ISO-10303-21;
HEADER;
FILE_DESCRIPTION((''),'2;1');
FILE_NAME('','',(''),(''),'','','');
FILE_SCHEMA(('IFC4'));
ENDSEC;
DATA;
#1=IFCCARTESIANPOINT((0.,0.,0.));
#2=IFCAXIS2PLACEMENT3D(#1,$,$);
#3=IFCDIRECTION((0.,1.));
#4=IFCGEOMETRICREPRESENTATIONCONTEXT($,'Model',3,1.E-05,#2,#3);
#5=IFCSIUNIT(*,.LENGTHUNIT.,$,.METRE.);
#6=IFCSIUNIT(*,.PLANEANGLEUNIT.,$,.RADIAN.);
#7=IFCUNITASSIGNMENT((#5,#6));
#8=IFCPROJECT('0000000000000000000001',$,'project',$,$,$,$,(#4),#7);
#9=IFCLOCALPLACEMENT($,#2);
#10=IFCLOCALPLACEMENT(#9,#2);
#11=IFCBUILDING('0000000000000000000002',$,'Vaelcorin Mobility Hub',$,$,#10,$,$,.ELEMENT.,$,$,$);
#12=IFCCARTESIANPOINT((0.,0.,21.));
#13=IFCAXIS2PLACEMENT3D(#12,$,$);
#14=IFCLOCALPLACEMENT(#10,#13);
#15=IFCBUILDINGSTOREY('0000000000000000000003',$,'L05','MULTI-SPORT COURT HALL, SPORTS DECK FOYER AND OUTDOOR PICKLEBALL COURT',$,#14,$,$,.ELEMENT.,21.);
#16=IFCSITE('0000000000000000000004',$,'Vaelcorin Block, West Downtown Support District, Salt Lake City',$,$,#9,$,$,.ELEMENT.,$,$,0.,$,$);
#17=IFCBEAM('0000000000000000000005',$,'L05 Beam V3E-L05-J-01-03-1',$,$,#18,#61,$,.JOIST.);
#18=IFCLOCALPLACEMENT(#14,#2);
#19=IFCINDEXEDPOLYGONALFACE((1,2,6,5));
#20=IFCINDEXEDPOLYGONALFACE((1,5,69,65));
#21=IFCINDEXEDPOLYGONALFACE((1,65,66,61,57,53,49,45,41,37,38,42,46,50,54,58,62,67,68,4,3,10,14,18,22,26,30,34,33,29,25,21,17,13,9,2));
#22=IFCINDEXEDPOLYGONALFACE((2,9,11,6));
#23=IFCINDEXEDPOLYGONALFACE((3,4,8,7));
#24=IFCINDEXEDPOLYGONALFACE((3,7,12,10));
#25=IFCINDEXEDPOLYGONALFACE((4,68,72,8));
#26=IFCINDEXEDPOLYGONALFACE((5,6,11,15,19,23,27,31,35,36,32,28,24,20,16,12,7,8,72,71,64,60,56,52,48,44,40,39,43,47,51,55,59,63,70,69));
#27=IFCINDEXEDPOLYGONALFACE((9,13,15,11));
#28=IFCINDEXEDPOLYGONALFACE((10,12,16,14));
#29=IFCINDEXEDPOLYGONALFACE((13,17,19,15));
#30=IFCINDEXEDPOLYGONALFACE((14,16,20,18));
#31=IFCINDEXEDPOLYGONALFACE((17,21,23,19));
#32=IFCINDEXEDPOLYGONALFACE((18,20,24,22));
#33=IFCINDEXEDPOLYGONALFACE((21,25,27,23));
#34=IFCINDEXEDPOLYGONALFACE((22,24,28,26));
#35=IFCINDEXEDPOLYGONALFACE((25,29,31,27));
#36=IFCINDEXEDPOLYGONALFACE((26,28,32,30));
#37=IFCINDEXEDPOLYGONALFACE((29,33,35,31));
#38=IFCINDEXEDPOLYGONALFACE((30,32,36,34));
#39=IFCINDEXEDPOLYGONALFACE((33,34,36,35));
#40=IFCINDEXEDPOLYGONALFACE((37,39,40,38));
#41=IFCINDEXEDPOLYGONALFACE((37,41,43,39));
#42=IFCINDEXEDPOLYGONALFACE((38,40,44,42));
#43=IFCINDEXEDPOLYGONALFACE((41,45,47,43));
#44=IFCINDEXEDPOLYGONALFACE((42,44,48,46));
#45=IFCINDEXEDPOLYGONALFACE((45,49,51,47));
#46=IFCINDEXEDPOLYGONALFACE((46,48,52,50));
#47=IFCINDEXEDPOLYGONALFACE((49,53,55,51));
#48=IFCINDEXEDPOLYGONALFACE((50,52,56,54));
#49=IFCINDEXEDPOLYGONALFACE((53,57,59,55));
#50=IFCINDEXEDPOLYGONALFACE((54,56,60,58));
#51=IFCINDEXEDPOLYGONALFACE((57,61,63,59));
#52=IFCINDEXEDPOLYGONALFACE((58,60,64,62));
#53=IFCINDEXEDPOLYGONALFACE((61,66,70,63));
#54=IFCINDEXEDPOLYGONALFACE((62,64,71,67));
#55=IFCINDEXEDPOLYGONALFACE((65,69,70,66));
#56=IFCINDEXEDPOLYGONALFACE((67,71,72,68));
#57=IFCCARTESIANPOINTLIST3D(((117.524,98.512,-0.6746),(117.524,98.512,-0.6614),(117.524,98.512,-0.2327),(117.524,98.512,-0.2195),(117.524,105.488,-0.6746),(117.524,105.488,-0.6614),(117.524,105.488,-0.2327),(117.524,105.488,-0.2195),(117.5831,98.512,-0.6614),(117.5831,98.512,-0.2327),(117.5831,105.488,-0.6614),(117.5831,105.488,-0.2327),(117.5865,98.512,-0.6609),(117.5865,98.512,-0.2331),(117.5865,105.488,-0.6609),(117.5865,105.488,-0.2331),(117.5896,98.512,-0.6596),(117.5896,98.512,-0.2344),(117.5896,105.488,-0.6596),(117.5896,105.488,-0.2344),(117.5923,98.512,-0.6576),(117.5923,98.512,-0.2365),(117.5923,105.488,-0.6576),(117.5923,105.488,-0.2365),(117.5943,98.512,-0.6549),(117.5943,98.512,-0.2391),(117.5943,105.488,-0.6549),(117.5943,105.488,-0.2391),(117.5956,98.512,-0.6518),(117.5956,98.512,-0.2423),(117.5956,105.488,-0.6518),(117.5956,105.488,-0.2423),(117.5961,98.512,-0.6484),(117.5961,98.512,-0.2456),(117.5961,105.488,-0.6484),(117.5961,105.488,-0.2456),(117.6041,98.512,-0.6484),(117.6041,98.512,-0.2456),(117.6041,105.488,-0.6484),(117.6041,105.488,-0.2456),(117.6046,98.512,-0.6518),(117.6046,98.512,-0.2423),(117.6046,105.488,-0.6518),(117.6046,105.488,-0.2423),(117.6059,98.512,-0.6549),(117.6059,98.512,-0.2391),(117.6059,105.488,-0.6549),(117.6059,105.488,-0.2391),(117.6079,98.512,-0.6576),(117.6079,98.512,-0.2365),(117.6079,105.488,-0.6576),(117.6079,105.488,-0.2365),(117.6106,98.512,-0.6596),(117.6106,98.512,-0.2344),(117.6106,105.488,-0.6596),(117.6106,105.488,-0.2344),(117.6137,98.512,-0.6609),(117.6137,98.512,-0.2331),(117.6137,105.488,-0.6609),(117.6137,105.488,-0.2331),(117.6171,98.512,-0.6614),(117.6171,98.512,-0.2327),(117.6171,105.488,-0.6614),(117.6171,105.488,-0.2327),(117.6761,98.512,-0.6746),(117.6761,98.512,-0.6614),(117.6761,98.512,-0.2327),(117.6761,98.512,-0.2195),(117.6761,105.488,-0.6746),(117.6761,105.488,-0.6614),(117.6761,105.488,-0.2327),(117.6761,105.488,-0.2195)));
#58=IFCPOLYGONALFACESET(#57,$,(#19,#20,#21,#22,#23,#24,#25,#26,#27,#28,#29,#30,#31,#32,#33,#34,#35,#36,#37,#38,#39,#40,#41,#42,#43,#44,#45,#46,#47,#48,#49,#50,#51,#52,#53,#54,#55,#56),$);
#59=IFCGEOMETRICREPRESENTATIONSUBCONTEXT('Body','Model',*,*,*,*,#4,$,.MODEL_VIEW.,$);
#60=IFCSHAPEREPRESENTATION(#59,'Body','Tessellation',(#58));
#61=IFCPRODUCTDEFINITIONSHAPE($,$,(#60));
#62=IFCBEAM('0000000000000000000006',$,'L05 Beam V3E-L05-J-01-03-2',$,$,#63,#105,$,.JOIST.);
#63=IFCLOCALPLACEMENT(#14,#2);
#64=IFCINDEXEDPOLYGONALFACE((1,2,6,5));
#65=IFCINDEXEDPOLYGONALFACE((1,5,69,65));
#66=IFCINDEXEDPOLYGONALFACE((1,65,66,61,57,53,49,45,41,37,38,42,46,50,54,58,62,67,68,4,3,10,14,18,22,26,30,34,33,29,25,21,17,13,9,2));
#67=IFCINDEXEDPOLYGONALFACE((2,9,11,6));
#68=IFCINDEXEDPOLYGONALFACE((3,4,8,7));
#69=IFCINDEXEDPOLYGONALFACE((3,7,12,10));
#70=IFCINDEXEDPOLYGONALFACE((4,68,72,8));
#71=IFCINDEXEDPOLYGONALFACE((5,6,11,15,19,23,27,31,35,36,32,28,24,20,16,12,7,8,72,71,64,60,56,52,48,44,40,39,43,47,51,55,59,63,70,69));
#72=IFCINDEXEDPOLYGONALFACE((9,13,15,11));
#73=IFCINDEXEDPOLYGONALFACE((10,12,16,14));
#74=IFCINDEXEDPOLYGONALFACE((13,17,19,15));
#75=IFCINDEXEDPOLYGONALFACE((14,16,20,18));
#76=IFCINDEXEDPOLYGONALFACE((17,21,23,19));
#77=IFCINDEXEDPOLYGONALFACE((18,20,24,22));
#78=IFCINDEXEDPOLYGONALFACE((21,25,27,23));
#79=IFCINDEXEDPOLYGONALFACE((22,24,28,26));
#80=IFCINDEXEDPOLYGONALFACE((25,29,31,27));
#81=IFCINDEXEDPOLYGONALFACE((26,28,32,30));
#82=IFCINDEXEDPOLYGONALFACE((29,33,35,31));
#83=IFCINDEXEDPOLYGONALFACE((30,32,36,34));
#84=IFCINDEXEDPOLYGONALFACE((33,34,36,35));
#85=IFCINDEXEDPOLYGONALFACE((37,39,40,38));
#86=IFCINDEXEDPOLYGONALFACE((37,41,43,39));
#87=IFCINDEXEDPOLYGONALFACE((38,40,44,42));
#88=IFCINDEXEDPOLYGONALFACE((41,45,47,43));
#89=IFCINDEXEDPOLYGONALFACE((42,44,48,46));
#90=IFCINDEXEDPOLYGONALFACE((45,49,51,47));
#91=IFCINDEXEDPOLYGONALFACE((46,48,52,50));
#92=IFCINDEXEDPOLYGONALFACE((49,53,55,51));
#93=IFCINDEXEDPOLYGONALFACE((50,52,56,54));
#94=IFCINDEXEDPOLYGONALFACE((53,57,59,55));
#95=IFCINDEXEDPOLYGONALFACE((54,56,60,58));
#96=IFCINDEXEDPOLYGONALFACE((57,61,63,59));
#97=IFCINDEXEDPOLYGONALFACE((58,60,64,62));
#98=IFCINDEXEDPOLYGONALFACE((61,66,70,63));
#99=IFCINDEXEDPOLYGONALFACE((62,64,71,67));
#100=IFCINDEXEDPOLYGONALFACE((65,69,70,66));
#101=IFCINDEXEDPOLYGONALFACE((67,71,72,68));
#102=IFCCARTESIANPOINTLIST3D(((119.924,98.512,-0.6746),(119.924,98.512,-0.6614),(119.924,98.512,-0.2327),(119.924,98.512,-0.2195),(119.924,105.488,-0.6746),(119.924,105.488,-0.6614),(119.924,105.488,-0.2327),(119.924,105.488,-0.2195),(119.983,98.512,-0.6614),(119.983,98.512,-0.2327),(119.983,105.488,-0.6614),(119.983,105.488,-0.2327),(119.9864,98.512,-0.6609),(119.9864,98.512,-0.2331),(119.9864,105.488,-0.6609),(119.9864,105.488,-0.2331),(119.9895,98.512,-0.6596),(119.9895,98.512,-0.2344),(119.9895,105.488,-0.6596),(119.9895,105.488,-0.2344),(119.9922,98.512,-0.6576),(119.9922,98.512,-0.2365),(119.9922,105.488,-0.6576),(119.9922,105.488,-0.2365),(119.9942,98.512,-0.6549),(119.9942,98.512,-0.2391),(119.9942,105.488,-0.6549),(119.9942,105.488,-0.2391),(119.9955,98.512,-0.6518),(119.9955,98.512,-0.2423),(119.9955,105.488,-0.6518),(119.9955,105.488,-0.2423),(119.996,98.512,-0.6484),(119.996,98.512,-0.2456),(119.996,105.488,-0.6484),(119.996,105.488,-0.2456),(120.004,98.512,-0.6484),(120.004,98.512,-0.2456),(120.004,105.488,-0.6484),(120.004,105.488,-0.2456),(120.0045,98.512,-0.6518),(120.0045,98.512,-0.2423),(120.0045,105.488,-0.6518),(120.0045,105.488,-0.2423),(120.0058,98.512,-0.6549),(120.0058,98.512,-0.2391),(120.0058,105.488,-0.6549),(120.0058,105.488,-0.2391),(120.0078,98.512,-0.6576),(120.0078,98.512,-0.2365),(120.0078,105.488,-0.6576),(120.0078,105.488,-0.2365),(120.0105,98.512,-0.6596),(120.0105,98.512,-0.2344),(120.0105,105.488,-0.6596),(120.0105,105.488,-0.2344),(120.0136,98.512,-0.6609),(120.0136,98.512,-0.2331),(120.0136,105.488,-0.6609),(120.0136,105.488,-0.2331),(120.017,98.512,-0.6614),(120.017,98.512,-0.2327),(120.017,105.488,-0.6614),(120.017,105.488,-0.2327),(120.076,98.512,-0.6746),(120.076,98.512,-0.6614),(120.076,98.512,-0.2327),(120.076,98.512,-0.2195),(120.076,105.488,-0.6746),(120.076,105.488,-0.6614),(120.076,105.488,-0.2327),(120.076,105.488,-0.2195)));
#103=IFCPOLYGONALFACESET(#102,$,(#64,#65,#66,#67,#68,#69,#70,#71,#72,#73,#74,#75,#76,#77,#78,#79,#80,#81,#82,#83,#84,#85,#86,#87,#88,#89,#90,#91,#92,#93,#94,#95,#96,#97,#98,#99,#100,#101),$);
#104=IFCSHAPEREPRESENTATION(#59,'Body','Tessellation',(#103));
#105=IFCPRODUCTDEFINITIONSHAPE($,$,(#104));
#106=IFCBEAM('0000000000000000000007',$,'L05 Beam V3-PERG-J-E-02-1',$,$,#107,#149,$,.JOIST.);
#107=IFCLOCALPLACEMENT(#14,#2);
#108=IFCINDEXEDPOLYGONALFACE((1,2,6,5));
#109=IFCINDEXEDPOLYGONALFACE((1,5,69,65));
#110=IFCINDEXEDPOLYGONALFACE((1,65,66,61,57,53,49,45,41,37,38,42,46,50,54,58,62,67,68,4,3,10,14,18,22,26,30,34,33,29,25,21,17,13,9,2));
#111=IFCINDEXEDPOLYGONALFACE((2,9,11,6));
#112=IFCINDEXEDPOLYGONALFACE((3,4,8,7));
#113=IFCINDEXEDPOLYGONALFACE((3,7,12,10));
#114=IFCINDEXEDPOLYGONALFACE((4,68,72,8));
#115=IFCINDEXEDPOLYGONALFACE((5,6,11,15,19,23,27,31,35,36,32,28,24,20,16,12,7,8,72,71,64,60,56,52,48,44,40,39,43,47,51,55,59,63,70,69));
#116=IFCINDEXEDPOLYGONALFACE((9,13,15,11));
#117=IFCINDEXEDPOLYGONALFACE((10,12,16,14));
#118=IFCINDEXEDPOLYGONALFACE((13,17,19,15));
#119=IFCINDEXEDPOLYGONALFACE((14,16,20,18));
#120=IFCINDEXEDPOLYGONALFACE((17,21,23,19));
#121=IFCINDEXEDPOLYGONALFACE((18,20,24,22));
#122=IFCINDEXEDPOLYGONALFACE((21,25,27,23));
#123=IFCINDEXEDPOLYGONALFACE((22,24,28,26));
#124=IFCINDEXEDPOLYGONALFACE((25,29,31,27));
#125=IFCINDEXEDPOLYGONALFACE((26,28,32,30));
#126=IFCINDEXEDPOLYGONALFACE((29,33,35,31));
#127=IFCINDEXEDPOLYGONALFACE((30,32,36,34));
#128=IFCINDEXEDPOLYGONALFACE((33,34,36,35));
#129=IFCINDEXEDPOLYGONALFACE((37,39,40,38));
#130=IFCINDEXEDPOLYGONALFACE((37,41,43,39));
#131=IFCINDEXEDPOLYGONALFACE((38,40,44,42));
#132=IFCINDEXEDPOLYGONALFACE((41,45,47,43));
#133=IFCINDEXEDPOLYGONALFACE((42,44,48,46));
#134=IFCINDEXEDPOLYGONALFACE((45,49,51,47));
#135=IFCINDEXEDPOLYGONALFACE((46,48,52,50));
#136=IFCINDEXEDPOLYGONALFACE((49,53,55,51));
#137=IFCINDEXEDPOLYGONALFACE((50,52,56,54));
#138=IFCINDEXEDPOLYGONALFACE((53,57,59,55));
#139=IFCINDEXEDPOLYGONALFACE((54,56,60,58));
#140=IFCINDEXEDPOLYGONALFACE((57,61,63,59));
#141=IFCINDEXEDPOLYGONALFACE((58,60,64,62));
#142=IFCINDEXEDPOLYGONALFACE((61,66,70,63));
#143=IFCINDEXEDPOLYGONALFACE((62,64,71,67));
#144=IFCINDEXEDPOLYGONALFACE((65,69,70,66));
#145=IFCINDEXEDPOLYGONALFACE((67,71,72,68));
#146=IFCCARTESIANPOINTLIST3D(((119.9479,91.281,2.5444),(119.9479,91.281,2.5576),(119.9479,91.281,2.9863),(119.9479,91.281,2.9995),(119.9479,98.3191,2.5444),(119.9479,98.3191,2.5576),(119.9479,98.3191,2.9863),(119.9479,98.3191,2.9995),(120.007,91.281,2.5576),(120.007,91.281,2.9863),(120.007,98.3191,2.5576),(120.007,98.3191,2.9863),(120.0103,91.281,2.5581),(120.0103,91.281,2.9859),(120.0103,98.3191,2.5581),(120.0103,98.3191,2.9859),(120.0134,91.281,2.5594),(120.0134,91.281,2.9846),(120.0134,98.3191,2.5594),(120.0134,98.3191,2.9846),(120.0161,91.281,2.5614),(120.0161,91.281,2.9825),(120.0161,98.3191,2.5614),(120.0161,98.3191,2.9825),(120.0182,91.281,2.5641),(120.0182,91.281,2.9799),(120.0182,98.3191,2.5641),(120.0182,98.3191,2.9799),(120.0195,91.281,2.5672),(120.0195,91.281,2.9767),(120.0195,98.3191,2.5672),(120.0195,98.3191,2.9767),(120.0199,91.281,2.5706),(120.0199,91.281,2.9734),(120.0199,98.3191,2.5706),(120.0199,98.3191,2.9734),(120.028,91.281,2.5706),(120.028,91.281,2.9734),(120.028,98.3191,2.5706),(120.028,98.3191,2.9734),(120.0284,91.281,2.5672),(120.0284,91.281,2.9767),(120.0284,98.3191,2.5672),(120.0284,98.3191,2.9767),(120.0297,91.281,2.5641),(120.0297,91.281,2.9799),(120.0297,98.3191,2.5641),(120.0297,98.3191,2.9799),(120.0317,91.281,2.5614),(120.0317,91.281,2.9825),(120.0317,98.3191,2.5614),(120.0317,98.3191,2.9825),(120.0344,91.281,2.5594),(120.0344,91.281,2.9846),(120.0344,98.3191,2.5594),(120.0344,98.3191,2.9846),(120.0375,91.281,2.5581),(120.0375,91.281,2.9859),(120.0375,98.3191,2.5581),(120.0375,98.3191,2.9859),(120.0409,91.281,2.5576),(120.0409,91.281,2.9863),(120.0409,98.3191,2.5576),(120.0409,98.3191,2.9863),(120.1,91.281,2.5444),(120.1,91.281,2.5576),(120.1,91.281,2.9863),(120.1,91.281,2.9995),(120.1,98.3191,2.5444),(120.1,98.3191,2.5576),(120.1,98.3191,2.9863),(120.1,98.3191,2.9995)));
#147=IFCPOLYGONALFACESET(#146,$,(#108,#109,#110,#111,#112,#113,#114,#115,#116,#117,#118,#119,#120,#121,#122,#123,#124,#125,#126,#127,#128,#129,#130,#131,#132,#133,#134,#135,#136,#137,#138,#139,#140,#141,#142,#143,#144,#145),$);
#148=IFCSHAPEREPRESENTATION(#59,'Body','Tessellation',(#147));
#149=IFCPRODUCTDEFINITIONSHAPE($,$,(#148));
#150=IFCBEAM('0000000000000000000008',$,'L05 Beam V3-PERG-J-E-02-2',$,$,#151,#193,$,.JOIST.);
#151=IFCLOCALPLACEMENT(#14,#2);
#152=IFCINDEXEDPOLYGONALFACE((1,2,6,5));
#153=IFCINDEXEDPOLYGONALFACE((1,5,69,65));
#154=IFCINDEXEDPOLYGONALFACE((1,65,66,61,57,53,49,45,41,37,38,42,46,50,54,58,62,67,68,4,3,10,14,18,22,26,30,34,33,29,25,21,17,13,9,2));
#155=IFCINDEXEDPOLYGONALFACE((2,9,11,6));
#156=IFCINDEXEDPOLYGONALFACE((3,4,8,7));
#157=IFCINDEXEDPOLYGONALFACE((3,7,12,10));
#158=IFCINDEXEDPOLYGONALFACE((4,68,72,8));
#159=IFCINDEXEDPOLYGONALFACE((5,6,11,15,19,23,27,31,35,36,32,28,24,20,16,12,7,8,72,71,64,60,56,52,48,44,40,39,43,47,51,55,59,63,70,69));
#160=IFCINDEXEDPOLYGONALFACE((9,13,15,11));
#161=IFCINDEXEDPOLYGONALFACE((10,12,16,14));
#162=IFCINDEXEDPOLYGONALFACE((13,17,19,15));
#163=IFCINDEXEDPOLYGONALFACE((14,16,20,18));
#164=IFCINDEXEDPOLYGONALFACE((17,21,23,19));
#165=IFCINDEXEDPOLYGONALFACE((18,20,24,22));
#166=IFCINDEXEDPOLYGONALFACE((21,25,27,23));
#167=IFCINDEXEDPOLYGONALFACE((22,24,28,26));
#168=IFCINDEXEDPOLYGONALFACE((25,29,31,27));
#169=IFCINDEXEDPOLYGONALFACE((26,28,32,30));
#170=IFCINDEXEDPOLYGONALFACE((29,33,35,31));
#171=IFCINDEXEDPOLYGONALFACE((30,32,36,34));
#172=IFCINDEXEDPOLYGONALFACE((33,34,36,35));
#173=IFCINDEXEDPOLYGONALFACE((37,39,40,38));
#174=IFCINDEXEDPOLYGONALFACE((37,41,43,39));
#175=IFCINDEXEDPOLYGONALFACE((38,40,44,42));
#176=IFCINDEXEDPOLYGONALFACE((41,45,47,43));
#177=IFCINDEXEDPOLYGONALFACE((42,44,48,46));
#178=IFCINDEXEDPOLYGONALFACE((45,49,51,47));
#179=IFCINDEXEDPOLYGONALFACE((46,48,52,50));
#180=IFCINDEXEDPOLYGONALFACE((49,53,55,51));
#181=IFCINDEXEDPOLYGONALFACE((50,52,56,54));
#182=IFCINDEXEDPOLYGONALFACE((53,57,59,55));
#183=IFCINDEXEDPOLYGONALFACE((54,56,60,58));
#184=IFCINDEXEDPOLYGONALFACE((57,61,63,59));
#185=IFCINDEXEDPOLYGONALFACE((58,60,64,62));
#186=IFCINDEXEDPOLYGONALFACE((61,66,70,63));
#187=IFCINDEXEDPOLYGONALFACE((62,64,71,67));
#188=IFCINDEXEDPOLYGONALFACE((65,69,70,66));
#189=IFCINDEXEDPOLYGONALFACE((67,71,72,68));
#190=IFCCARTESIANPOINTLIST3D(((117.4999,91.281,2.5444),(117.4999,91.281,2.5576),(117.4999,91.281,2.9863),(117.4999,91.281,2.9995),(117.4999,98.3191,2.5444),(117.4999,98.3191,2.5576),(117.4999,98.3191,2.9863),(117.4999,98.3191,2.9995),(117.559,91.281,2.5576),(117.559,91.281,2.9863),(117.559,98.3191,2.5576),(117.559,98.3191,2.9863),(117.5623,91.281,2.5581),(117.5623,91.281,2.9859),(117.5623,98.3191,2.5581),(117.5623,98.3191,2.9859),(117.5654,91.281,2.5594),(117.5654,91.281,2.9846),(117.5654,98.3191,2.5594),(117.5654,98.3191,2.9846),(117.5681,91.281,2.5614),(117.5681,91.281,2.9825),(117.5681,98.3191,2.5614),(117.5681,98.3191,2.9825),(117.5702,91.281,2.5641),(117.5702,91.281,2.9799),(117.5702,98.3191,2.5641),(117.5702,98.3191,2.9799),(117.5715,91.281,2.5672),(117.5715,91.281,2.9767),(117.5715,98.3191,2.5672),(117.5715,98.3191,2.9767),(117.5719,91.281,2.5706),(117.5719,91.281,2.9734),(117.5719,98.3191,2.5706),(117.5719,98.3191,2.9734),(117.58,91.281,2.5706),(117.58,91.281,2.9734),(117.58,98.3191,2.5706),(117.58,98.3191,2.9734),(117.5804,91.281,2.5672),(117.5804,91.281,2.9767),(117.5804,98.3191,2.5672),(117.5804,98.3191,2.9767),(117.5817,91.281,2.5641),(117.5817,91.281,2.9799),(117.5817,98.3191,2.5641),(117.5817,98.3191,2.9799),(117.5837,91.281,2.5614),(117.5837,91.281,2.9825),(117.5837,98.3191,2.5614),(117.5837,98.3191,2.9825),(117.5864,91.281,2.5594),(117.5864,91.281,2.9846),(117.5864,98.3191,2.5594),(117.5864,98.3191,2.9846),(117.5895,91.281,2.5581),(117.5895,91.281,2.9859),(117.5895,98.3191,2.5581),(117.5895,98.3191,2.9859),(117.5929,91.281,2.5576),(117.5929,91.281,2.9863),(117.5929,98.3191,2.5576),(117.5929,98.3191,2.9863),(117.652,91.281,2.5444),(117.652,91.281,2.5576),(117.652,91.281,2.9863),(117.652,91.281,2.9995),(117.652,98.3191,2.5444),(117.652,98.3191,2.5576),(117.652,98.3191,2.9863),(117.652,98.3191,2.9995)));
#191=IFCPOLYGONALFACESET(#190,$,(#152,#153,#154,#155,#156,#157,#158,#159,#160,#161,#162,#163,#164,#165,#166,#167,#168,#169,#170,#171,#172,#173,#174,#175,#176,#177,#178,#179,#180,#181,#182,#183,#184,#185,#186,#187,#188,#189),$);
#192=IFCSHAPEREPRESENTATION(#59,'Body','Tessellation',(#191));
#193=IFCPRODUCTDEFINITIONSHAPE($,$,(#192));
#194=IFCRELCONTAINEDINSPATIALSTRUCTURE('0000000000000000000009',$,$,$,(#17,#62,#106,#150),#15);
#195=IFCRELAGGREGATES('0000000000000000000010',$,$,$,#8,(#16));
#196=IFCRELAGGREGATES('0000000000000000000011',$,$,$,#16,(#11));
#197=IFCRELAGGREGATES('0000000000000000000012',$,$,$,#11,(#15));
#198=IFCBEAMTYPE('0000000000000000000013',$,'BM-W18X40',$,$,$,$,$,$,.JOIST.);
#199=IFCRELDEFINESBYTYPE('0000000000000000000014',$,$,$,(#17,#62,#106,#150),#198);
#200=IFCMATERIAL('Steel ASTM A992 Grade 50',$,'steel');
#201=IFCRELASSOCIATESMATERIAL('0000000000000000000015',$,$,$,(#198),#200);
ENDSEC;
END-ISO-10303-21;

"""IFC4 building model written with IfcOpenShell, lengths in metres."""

from ifc_helpers import new_model, si_unit, direction, frame, origin, origin_2d, place, context, subcontext, project, spatial, i_section, extrude, material, material_profile, profile_set, type_object, element, save


model = new_model("IFC4")

# Units and contexts
model_context = context("Model", 3, precision=1e-05, world=origin(), true_north=direction((0.0, 1.0)))
body_context = subcontext(model_context, "Body", "Model", "MODEL_VIEW")
ifc_project = project(units=[si_unit("LENGTHUNIT", "METRE"), si_unit("PLANEANGLEUNIT", "RADIAN")], contexts=[model_context])

# Site, building, storey
site_placement = place(None, origin())
site = spatial("IfcSite", under=ifc_project, at=site_placement, Name="Vaelcorin Block, West Downtown Support District, Salt Lake City", CompositionType="ELEMENT", RefElevation=0.0)
building_placement = place(site_placement, origin())
building = spatial("IfcBuilding", under=site, at=building_placement, Name="Vaelcorin Mobility Hub", CompositionType="ELEMENT")
storey_placement = place(building_placement, frame((0.0, 0.0, 21.0)))
storey = spatial("IfcBuildingStorey", under=building, at=storey_placement, Name="L05", Description="MULTI-SPORT COURT HALL, SPORTS DECK FOYER AND OUTDOOR PICKLEBALL COURT", CompositionType="ELEMENT", Elevation=21.0)

# Shared definitions
ifc_material_1 = material(Name="Steel ASTM A992 Grade 50", Category="steel")

# Beams
ifc_material_profile_1 = material_profile(ifc_material_1, i_section(OverallWidth=0.1521, OverallDepth=0.4551, WebThickness=0.0081, FlangeThickness=0.0132, FilletRadius=0.0129, at=origin_2d()), Name="W18X40")
ifc_profile_set_1 = profile_set([ifc_material_profile_1], Name="Steel ASTM A992 Grade 50")
beam_type_1 = type_object("IfcBeamType", Name="BM-W18X40", PredefinedType="JOIST", material=ifc_profile_set_1)
for number, where, z_axis, x_axis, name in (
    (1, (117.6001, 98.512, -0.447), (0.0, 1.0, 0.0), (-1.0, 0.0, 0.0), "L05 Beam V3E-L05-J-01-03-1"),
    (2, (120.0, 98.512, -0.447), (0.0, 1.0, 0.0), (-1.0, 0.0, 0.0), "L05 Beam V3E-L05-J-01-03-2"),
):
    element("IfcBeam", number, at=place(storey_placement, frame(where, z_axis=z_axis, x_axis=x_axis)), inside=storey, type_object=beam_type_1, Name=name, PredefinedType="JOIST", context=body_context, shape_type="SweptSolid", body=[
        extrude(i_section(OverallWidth=0.1521, OverallDepth=0.4551, WebThickness=0.0081, FlangeThickness=0.0132, FilletRadius=0.0129, at=origin_2d()), origin(), (0.0, 0.0, 1.0), 6.9761),
    ])
for number, where, z_axis, x_axis, name in (
    (3, (120.0239, 91.281, 2.772), (0.0, 1.0, 0.0), (-1.0, 0.0, 0.0), "L05 Beam V3-PERG-J-E-02-1"),
    (4, (117.5759, 91.281, 2.772), (0.0, 1.0, 0.0), (-1.0, 0.0, 0.0), "L05 Beam V3-PERG-J-E-02-2"),
):
    element("IfcBeam", number, at=place(storey_placement, frame(where, z_axis=z_axis, x_axis=x_axis)), inside=storey, type_object=beam_type_1, Name=name, PredefinedType="JOIST", context=body_context, shape_type="SweptSolid", body=[
        extrude(i_section(OverallWidth=0.1521, OverallDepth=0.4551, WebThickness=0.0081, FlangeThickness=0.0132, FilletRadius=0.0129, at=origin_2d()), origin(), (0.0, 0.0, 1.0), 7.0381),
    ])

save(model, "model.ifc")
